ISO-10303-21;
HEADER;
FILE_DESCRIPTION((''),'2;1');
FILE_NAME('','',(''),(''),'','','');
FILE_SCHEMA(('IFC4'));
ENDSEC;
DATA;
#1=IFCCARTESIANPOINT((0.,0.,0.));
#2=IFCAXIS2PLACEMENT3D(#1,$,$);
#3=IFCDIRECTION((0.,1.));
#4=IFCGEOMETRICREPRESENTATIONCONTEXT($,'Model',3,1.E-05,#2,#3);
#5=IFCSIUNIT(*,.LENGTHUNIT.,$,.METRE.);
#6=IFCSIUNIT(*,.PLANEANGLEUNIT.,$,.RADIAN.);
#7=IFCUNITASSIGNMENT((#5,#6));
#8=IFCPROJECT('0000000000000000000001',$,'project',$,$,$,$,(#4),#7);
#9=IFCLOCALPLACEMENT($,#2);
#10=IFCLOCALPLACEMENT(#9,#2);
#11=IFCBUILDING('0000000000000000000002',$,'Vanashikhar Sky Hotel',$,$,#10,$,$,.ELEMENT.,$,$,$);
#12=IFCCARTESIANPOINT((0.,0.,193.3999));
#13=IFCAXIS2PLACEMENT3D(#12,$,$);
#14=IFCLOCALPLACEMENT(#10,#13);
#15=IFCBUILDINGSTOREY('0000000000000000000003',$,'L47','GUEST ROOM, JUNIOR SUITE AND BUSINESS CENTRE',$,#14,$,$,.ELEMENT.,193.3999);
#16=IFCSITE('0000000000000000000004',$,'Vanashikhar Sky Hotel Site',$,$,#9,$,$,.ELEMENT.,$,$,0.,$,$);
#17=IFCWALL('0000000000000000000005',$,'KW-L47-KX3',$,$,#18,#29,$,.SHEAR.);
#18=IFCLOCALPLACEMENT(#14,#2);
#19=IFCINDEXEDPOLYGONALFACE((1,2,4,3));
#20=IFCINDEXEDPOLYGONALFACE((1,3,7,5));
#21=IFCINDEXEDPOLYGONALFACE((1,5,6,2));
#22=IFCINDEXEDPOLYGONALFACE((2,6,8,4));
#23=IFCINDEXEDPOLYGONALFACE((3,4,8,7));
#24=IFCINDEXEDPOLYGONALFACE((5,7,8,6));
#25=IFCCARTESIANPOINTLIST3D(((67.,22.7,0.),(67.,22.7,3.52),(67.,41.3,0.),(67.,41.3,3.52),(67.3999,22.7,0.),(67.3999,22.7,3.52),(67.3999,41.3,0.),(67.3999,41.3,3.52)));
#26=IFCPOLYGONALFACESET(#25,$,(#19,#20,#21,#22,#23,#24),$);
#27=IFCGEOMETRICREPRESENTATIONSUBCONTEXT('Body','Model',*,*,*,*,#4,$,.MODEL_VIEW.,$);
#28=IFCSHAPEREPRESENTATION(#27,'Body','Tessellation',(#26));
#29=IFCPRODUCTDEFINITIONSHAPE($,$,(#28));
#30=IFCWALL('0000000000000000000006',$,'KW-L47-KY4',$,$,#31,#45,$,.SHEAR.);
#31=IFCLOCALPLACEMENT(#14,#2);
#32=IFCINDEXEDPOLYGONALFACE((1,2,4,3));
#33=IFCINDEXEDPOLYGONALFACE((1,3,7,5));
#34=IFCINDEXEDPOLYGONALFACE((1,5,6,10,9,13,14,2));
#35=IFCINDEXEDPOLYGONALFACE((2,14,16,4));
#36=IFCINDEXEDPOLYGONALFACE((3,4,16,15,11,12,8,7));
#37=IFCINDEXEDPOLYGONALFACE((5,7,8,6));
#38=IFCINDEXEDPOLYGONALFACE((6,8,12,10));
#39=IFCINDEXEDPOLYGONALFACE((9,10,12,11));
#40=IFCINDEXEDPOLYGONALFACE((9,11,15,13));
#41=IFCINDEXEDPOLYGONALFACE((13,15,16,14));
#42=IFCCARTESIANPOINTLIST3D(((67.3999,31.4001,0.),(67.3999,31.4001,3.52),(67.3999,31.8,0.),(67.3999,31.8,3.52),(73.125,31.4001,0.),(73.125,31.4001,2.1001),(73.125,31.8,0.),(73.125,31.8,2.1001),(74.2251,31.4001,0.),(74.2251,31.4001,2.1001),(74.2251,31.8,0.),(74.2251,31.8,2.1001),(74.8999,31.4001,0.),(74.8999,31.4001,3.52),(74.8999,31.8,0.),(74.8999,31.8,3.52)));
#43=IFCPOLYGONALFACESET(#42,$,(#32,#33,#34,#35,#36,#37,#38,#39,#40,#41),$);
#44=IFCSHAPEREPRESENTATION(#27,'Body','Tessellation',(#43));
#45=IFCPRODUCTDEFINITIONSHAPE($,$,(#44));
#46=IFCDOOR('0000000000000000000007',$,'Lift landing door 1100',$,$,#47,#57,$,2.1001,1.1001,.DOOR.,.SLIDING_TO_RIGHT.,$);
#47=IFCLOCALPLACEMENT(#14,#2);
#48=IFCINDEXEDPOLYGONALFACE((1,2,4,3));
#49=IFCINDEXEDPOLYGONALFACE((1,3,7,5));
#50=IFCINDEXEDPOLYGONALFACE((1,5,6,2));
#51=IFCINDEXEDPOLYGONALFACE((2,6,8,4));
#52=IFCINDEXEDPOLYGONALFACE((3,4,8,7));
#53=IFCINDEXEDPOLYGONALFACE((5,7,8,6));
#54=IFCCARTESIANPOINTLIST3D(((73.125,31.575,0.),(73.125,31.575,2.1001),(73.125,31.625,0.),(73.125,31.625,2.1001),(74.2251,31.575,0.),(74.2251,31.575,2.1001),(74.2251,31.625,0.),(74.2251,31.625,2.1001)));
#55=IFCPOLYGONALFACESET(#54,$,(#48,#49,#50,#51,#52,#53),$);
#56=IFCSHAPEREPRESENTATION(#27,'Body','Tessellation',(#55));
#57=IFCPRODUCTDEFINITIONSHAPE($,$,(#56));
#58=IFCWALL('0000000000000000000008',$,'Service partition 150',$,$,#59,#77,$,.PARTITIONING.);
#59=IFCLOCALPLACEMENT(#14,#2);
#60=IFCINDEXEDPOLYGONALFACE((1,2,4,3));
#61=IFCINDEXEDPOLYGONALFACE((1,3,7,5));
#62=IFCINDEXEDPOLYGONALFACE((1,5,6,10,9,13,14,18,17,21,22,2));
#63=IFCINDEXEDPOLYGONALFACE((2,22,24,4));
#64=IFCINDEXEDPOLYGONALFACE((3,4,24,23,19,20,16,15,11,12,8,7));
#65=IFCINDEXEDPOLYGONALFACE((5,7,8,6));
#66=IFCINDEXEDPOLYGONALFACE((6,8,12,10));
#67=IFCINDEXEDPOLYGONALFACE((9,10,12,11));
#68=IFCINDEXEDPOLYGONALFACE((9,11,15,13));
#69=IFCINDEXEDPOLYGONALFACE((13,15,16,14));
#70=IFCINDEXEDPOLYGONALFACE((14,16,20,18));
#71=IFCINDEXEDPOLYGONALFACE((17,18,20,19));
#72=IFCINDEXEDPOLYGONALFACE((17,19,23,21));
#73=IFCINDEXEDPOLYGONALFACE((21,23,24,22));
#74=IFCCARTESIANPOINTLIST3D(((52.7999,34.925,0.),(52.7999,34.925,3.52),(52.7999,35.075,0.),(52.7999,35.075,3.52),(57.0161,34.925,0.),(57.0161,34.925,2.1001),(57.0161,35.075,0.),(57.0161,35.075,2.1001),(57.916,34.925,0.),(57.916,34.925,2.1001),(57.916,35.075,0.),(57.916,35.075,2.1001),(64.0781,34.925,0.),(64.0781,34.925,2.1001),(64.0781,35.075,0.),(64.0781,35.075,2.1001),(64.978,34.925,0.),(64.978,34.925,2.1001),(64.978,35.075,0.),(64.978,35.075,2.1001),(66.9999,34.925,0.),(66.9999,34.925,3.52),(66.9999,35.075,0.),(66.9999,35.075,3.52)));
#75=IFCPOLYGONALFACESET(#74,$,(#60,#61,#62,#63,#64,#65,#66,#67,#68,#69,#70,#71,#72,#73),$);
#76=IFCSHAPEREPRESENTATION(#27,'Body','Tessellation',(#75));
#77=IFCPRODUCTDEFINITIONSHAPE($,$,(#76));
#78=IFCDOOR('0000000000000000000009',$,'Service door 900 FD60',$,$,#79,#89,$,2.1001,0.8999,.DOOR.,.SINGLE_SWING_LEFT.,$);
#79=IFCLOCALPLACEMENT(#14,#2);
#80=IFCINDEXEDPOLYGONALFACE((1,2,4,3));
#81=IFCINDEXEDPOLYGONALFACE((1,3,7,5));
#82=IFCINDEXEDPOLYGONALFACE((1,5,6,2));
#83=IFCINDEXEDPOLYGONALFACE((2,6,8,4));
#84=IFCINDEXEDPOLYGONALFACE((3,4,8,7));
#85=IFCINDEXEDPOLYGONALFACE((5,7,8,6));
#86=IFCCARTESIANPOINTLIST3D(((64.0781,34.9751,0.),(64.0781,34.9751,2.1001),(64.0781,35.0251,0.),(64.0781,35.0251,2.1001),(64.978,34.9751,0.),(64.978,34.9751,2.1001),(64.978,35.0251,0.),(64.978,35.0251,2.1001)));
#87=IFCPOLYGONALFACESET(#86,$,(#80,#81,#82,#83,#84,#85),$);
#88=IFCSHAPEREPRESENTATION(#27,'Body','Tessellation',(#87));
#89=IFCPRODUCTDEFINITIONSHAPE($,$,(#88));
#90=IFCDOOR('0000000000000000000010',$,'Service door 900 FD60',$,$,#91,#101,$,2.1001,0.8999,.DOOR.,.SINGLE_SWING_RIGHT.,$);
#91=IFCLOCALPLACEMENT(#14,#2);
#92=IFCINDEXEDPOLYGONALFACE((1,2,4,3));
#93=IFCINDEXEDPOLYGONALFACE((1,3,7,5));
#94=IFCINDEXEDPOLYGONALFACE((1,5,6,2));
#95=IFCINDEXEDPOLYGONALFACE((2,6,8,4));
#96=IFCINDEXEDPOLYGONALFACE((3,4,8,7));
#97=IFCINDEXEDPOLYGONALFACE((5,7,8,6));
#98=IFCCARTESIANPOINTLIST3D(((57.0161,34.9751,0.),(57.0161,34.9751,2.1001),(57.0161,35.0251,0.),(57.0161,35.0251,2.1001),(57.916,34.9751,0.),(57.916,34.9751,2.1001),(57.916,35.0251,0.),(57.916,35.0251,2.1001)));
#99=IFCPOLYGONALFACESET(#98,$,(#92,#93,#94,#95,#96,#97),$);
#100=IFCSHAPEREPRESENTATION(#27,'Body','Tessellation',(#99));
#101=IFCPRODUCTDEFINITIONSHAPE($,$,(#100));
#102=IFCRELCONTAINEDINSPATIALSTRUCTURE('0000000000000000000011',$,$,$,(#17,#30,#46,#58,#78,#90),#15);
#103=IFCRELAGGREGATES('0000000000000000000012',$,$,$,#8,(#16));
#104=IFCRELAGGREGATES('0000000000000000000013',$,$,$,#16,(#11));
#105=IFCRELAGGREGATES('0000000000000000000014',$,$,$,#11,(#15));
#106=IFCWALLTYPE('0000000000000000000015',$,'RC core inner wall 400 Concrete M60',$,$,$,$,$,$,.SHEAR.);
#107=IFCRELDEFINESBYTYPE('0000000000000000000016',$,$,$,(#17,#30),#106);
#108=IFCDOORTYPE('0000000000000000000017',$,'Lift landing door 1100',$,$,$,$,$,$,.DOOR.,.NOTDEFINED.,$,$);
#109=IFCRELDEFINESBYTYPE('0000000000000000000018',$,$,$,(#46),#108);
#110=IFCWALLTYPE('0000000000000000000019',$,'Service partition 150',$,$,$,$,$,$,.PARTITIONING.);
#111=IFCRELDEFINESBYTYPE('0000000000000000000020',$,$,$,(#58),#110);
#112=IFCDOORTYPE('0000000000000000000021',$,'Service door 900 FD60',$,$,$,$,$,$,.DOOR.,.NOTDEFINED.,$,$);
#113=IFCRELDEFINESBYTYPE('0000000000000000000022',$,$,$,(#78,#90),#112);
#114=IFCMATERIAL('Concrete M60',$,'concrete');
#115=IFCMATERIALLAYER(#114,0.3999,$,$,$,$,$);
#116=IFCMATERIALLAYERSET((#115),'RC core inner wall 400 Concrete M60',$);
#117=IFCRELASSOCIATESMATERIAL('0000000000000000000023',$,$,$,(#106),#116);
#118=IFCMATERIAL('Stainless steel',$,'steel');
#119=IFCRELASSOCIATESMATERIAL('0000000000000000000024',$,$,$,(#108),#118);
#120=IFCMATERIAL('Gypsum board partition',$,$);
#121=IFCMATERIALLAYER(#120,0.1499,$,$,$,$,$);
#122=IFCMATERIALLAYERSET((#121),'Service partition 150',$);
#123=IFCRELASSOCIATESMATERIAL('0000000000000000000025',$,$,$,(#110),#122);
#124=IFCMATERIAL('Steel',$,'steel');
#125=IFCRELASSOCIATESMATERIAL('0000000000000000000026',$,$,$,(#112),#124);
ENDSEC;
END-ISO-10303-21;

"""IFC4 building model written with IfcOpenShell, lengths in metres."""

from ifc_helpers import new_model, si_unit, direction, frame, frame_2d, origin, place, context, subcontext, project, spatial, rectangle, extrude, source, transform, mapped, material, layer, layer_set, type_object, element, fill, save


model = new_model("IFC4")

# Units and contexts
model_context = context("Model", 3, precision=1e-05, world=origin(), true_north=direction((0.0, 1.0)))
body_context = subcontext(model_context, "Body", "Model", "MODEL_VIEW")
ifc_project = project(units=[si_unit("LENGTHUNIT", "METRE"), si_unit("PLANEANGLEUNIT", "RADIAN")], contexts=[model_context])

# Site, building, storey
site_placement = place(None, origin())
site = spatial("IfcSite", under=ifc_project, at=site_placement, Name="Vanashikhar Sky Hotel Site", CompositionType="ELEMENT", RefElevation=0.0)
building_placement = place(site_placement, origin())
building = spatial("IfcBuilding", under=site, at=building_placement, Name="Vanashikhar Sky Hotel", CompositionType="ELEMENT")
storey_placement = place(building_placement, frame((0.0, 0.0, 193.3999)))
storey = spatial("IfcBuildingStorey", under=building, at=storey_placement, Name="L47", Description="GUEST ROOM, JUNIOR SUITE AND BUSINESS CENTRE", CompositionType="ELEMENT", Elevation=193.3999)

# Wall
ifc_material_1 = material(Name="Concrete M60", Category="concrete")
ifc_layer_1 = layer(ifc_material_1, 0.3999)
ifc_layer_set_1 = layer_set([ifc_layer_1], Name="RC core inner wall 400 Concrete M60")
wall_type_1 = type_object("IfcWallType", Name="RC core inner wall 400 Concrete M60", PredefinedType="SHEAR", material=ifc_layer_set_1)
shared_shape_1 = source(origin(), body_context, "Body", "SweptSolid", [
    extrude(rectangle(XDim=18.6001, YDim=0.3999, at=frame_2d((9.3, 0.0))), origin(), (0.0, 0.0, 1.0), 3.52),
])
wall_1_placement = place(storey_placement, frame((67.2, 22.7, 0.0), z_axis=(0.0, 0.0, 1.0), x_axis=(0.0, 1.0, 0.0)))
element("IfcWall", 1, at=wall_1_placement, inside=storey, type_object=wall_type_1, Name="KW-L47-KX3", PredefinedType="SHEAR", context=body_context, shape_type="MappedRepresentation", body=[
    mapped(shared_shape_1, transform((0.0, 0.0, 0.0), scale=1.0)),
])

# Wall, opening, door
shared_shape_2 = source(origin(), body_context, "Body", "SweptSolid", [
    extrude(rectangle(XDim=7.5, YDim=0.3999, at=frame_2d((3.75, 0.0))), origin(), (0.0, 0.0, 1.0), 3.52),
])
wall_2_placement = place(storey_placement, frame((67.3999, 31.6001, 0.0), z_axis=(0.0, 0.0, 1.0), x_axis=(1.0, 0.0, 0.0)))
wall_2 = element("IfcWall", 2, at=wall_2_placement, inside=storey, type_object=wall_type_1, Name="KW-L47-KY4", PredefinedType="SHEAR", context=body_context, shape_type="MappedRepresentation", body=[
    mapped(shared_shape_2, transform((0.0, 0.0, 0.0), scale=1.0)),
])
shared_shape_3 = source(origin(), body_context, "Body", "SweptSolid", [
    extrude(rectangle(XDim=1.1001, YDim=2.1001, at=frame_2d((0.55, 1.05))), frame((0.0, 0.21, 0.0), z_axis=(0.0, -1.0, 0.0), x_axis=(1.0, 0.0, 0.0)), (0.0, 0.0, 1.0), 0.4199),
])
opening_1_placement = place(wall_2_placement, frame((5.7251, 0.0, 0.0)))
opening_1 = element("IfcOpeningElement", 3, at=opening_1_placement, cuts=wall_2, PredefinedType="OPENING", context=body_context, shape_type="MappedRepresentation", body=[
    mapped(shared_shape_3, transform((0.0, 0.0, 0.0), scale=1.0)),
])
ifc_material_2 = material(Name="Stainless steel", Category="steel")
door_type_1 = type_object("IfcDoorType", Name="Lift landing door 1100", OperationType="NOTDEFINED", PredefinedType="DOOR", material=ifc_material_2)
shared_shape_4 = source(origin(), body_context, "Body", "SweptSolid", [
    extrude(rectangle(XDim=1.1001, YDim=2.1001, at=frame_2d((0.55, 1.05))), frame((0.0, 0.0249, 0.0), z_axis=(0.0, -1.0, 0.0), x_axis=(1.0, 0.0, 0.0)), (0.0, 0.0, 1.0), 0.05),
])
door_1_placement = place(opening_1_placement, origin())
door_1 = element("IfcDoor", 4, at=door_1_placement, inside=storey, type_object=door_type_1, Name="Lift landing door 1100", OperationType="SLIDING_TO_RIGHT", OverallHeight=2.1001, OverallWidth=1.1001, PredefinedType="DOOR", context=body_context, shape_type="MappedRepresentation", body=[
    mapped(shared_shape_4, transform((0.0, 0.0, 0.0), scale=1.0)),
])
fill(opening_1, door_1)

# Wall, openings, doors
ifc_material_3 = material(Name="Gypsum board partition")
ifc_layer_2 = layer(ifc_material_3, 0.1499)
ifc_layer_set_2 = layer_set([ifc_layer_2], Name="Service partition 150")
wall_type_2 = type_object("IfcWallType", Name="Service partition 150", PredefinedType="PARTITIONING", material=ifc_layer_set_2)
shared_shape_5 = source(origin(), body_context, "Body", "SweptSolid", [
    extrude(rectangle(XDim=14.2, YDim=0.1499, at=frame_2d((7.1001, 0.0))), origin(), (0.0, 0.0, 1.0), 3.52),
])
wall_3_placement = place(storey_placement, frame((67.0, 35.0, 0.0), z_axis=(0.0, 0.0, 1.0), x_axis=(-1.0, 0.0, 0.0)))
wall_3 = element("IfcWall", 5, at=wall_3_placement, inside=storey, type_object=wall_type_2, Name="Service partition 150", PredefinedType="PARTITIONING", context=body_context, shape_type="MappedRepresentation", body=[
    mapped(shared_shape_5, transform((0.0, 0.0, 0.0), scale=1.0)),
])
shared_shape_6 = source(origin(), body_context, "Body", "SweptSolid", [
    extrude(rectangle(XDim=0.8999, YDim=2.1001, at=frame_2d((0.45, 1.05))), frame((0.0, 0.085, 0.0), z_axis=(0.0, -1.0, 0.0), x_axis=(1.0, 0.0, 0.0)), (0.0, 0.0, 1.0), 0.1699),
])
opening_2_placement = place(wall_3_placement, frame((2.022, 0.0, 0.0)))
opening_2 = element("IfcOpeningElement", 6, at=opening_2_placement, cuts=wall_3, PredefinedType="OPENING", context=body_context, shape_type="MappedRepresentation", body=[
    mapped(shared_shape_6, transform((0.0, 0.0, 0.0), scale=1.0)),
])
opening_3_placement = place(wall_3_placement, frame((9.084, 0.0, 0.0)))
opening_3 = element("IfcOpeningElement", 7, at=opening_3_placement, cuts=wall_3, PredefinedType="OPENING", context=body_context, shape_type="MappedRepresentation", body=[
    mapped(shared_shape_6, transform((0.0, 0.0, 0.0), scale=1.0)),
])
ifc_material_4 = material(Name="Steel", Category="steel")
door_type_2 = type_object("IfcDoorType", Name="Service door 900 FD60", OperationType="NOTDEFINED", PredefinedType="DOOR", material=ifc_material_4)
shared_shape_7 = source(origin(), body_context, "Body", "SweptSolid", [
    extrude(rectangle(XDim=0.8999, YDim=2.1001, at=frame_2d((0.45, 1.05))), frame((0.0, 0.0249, 0.0), z_axis=(0.0, -1.0, 0.0), x_axis=(1.0, 0.0, 0.0)), (0.0, 0.0, 1.0), 0.05),
])
door_2_placement = place(opening_2_placement, origin())
door_2 = element("IfcDoor", 8, at=door_2_placement, inside=storey, type_object=door_type_2, Name="Service door 900 FD60", OperationType="SINGLE_SWING_LEFT", OverallHeight=2.1001, OverallWidth=0.8999, PredefinedType="DOOR", context=body_context, shape_type="MappedRepresentation", body=[
    mapped(shared_shape_7, transform((0.0, 0.0, 0.0), scale=1.0)),
])
fill(opening_2, door_2)
door_3_placement = place(opening_3_placement, origin())
door_3 = element("IfcDoor", 9, at=door_3_placement, inside=storey, type_object=door_type_2, Name="Service door 900 FD60", OperationType="SINGLE_SWING_RIGHT", OverallHeight=2.1001, OverallWidth=0.8999, PredefinedType="DOOR", context=body_context, shape_type="MappedRepresentation", body=[
    mapped(shared_shape_7, transform((0.0, 0.0, 0.0), scale=1.0)),
])
fill(opening_3, door_3)

save(model, "model.ifc")
